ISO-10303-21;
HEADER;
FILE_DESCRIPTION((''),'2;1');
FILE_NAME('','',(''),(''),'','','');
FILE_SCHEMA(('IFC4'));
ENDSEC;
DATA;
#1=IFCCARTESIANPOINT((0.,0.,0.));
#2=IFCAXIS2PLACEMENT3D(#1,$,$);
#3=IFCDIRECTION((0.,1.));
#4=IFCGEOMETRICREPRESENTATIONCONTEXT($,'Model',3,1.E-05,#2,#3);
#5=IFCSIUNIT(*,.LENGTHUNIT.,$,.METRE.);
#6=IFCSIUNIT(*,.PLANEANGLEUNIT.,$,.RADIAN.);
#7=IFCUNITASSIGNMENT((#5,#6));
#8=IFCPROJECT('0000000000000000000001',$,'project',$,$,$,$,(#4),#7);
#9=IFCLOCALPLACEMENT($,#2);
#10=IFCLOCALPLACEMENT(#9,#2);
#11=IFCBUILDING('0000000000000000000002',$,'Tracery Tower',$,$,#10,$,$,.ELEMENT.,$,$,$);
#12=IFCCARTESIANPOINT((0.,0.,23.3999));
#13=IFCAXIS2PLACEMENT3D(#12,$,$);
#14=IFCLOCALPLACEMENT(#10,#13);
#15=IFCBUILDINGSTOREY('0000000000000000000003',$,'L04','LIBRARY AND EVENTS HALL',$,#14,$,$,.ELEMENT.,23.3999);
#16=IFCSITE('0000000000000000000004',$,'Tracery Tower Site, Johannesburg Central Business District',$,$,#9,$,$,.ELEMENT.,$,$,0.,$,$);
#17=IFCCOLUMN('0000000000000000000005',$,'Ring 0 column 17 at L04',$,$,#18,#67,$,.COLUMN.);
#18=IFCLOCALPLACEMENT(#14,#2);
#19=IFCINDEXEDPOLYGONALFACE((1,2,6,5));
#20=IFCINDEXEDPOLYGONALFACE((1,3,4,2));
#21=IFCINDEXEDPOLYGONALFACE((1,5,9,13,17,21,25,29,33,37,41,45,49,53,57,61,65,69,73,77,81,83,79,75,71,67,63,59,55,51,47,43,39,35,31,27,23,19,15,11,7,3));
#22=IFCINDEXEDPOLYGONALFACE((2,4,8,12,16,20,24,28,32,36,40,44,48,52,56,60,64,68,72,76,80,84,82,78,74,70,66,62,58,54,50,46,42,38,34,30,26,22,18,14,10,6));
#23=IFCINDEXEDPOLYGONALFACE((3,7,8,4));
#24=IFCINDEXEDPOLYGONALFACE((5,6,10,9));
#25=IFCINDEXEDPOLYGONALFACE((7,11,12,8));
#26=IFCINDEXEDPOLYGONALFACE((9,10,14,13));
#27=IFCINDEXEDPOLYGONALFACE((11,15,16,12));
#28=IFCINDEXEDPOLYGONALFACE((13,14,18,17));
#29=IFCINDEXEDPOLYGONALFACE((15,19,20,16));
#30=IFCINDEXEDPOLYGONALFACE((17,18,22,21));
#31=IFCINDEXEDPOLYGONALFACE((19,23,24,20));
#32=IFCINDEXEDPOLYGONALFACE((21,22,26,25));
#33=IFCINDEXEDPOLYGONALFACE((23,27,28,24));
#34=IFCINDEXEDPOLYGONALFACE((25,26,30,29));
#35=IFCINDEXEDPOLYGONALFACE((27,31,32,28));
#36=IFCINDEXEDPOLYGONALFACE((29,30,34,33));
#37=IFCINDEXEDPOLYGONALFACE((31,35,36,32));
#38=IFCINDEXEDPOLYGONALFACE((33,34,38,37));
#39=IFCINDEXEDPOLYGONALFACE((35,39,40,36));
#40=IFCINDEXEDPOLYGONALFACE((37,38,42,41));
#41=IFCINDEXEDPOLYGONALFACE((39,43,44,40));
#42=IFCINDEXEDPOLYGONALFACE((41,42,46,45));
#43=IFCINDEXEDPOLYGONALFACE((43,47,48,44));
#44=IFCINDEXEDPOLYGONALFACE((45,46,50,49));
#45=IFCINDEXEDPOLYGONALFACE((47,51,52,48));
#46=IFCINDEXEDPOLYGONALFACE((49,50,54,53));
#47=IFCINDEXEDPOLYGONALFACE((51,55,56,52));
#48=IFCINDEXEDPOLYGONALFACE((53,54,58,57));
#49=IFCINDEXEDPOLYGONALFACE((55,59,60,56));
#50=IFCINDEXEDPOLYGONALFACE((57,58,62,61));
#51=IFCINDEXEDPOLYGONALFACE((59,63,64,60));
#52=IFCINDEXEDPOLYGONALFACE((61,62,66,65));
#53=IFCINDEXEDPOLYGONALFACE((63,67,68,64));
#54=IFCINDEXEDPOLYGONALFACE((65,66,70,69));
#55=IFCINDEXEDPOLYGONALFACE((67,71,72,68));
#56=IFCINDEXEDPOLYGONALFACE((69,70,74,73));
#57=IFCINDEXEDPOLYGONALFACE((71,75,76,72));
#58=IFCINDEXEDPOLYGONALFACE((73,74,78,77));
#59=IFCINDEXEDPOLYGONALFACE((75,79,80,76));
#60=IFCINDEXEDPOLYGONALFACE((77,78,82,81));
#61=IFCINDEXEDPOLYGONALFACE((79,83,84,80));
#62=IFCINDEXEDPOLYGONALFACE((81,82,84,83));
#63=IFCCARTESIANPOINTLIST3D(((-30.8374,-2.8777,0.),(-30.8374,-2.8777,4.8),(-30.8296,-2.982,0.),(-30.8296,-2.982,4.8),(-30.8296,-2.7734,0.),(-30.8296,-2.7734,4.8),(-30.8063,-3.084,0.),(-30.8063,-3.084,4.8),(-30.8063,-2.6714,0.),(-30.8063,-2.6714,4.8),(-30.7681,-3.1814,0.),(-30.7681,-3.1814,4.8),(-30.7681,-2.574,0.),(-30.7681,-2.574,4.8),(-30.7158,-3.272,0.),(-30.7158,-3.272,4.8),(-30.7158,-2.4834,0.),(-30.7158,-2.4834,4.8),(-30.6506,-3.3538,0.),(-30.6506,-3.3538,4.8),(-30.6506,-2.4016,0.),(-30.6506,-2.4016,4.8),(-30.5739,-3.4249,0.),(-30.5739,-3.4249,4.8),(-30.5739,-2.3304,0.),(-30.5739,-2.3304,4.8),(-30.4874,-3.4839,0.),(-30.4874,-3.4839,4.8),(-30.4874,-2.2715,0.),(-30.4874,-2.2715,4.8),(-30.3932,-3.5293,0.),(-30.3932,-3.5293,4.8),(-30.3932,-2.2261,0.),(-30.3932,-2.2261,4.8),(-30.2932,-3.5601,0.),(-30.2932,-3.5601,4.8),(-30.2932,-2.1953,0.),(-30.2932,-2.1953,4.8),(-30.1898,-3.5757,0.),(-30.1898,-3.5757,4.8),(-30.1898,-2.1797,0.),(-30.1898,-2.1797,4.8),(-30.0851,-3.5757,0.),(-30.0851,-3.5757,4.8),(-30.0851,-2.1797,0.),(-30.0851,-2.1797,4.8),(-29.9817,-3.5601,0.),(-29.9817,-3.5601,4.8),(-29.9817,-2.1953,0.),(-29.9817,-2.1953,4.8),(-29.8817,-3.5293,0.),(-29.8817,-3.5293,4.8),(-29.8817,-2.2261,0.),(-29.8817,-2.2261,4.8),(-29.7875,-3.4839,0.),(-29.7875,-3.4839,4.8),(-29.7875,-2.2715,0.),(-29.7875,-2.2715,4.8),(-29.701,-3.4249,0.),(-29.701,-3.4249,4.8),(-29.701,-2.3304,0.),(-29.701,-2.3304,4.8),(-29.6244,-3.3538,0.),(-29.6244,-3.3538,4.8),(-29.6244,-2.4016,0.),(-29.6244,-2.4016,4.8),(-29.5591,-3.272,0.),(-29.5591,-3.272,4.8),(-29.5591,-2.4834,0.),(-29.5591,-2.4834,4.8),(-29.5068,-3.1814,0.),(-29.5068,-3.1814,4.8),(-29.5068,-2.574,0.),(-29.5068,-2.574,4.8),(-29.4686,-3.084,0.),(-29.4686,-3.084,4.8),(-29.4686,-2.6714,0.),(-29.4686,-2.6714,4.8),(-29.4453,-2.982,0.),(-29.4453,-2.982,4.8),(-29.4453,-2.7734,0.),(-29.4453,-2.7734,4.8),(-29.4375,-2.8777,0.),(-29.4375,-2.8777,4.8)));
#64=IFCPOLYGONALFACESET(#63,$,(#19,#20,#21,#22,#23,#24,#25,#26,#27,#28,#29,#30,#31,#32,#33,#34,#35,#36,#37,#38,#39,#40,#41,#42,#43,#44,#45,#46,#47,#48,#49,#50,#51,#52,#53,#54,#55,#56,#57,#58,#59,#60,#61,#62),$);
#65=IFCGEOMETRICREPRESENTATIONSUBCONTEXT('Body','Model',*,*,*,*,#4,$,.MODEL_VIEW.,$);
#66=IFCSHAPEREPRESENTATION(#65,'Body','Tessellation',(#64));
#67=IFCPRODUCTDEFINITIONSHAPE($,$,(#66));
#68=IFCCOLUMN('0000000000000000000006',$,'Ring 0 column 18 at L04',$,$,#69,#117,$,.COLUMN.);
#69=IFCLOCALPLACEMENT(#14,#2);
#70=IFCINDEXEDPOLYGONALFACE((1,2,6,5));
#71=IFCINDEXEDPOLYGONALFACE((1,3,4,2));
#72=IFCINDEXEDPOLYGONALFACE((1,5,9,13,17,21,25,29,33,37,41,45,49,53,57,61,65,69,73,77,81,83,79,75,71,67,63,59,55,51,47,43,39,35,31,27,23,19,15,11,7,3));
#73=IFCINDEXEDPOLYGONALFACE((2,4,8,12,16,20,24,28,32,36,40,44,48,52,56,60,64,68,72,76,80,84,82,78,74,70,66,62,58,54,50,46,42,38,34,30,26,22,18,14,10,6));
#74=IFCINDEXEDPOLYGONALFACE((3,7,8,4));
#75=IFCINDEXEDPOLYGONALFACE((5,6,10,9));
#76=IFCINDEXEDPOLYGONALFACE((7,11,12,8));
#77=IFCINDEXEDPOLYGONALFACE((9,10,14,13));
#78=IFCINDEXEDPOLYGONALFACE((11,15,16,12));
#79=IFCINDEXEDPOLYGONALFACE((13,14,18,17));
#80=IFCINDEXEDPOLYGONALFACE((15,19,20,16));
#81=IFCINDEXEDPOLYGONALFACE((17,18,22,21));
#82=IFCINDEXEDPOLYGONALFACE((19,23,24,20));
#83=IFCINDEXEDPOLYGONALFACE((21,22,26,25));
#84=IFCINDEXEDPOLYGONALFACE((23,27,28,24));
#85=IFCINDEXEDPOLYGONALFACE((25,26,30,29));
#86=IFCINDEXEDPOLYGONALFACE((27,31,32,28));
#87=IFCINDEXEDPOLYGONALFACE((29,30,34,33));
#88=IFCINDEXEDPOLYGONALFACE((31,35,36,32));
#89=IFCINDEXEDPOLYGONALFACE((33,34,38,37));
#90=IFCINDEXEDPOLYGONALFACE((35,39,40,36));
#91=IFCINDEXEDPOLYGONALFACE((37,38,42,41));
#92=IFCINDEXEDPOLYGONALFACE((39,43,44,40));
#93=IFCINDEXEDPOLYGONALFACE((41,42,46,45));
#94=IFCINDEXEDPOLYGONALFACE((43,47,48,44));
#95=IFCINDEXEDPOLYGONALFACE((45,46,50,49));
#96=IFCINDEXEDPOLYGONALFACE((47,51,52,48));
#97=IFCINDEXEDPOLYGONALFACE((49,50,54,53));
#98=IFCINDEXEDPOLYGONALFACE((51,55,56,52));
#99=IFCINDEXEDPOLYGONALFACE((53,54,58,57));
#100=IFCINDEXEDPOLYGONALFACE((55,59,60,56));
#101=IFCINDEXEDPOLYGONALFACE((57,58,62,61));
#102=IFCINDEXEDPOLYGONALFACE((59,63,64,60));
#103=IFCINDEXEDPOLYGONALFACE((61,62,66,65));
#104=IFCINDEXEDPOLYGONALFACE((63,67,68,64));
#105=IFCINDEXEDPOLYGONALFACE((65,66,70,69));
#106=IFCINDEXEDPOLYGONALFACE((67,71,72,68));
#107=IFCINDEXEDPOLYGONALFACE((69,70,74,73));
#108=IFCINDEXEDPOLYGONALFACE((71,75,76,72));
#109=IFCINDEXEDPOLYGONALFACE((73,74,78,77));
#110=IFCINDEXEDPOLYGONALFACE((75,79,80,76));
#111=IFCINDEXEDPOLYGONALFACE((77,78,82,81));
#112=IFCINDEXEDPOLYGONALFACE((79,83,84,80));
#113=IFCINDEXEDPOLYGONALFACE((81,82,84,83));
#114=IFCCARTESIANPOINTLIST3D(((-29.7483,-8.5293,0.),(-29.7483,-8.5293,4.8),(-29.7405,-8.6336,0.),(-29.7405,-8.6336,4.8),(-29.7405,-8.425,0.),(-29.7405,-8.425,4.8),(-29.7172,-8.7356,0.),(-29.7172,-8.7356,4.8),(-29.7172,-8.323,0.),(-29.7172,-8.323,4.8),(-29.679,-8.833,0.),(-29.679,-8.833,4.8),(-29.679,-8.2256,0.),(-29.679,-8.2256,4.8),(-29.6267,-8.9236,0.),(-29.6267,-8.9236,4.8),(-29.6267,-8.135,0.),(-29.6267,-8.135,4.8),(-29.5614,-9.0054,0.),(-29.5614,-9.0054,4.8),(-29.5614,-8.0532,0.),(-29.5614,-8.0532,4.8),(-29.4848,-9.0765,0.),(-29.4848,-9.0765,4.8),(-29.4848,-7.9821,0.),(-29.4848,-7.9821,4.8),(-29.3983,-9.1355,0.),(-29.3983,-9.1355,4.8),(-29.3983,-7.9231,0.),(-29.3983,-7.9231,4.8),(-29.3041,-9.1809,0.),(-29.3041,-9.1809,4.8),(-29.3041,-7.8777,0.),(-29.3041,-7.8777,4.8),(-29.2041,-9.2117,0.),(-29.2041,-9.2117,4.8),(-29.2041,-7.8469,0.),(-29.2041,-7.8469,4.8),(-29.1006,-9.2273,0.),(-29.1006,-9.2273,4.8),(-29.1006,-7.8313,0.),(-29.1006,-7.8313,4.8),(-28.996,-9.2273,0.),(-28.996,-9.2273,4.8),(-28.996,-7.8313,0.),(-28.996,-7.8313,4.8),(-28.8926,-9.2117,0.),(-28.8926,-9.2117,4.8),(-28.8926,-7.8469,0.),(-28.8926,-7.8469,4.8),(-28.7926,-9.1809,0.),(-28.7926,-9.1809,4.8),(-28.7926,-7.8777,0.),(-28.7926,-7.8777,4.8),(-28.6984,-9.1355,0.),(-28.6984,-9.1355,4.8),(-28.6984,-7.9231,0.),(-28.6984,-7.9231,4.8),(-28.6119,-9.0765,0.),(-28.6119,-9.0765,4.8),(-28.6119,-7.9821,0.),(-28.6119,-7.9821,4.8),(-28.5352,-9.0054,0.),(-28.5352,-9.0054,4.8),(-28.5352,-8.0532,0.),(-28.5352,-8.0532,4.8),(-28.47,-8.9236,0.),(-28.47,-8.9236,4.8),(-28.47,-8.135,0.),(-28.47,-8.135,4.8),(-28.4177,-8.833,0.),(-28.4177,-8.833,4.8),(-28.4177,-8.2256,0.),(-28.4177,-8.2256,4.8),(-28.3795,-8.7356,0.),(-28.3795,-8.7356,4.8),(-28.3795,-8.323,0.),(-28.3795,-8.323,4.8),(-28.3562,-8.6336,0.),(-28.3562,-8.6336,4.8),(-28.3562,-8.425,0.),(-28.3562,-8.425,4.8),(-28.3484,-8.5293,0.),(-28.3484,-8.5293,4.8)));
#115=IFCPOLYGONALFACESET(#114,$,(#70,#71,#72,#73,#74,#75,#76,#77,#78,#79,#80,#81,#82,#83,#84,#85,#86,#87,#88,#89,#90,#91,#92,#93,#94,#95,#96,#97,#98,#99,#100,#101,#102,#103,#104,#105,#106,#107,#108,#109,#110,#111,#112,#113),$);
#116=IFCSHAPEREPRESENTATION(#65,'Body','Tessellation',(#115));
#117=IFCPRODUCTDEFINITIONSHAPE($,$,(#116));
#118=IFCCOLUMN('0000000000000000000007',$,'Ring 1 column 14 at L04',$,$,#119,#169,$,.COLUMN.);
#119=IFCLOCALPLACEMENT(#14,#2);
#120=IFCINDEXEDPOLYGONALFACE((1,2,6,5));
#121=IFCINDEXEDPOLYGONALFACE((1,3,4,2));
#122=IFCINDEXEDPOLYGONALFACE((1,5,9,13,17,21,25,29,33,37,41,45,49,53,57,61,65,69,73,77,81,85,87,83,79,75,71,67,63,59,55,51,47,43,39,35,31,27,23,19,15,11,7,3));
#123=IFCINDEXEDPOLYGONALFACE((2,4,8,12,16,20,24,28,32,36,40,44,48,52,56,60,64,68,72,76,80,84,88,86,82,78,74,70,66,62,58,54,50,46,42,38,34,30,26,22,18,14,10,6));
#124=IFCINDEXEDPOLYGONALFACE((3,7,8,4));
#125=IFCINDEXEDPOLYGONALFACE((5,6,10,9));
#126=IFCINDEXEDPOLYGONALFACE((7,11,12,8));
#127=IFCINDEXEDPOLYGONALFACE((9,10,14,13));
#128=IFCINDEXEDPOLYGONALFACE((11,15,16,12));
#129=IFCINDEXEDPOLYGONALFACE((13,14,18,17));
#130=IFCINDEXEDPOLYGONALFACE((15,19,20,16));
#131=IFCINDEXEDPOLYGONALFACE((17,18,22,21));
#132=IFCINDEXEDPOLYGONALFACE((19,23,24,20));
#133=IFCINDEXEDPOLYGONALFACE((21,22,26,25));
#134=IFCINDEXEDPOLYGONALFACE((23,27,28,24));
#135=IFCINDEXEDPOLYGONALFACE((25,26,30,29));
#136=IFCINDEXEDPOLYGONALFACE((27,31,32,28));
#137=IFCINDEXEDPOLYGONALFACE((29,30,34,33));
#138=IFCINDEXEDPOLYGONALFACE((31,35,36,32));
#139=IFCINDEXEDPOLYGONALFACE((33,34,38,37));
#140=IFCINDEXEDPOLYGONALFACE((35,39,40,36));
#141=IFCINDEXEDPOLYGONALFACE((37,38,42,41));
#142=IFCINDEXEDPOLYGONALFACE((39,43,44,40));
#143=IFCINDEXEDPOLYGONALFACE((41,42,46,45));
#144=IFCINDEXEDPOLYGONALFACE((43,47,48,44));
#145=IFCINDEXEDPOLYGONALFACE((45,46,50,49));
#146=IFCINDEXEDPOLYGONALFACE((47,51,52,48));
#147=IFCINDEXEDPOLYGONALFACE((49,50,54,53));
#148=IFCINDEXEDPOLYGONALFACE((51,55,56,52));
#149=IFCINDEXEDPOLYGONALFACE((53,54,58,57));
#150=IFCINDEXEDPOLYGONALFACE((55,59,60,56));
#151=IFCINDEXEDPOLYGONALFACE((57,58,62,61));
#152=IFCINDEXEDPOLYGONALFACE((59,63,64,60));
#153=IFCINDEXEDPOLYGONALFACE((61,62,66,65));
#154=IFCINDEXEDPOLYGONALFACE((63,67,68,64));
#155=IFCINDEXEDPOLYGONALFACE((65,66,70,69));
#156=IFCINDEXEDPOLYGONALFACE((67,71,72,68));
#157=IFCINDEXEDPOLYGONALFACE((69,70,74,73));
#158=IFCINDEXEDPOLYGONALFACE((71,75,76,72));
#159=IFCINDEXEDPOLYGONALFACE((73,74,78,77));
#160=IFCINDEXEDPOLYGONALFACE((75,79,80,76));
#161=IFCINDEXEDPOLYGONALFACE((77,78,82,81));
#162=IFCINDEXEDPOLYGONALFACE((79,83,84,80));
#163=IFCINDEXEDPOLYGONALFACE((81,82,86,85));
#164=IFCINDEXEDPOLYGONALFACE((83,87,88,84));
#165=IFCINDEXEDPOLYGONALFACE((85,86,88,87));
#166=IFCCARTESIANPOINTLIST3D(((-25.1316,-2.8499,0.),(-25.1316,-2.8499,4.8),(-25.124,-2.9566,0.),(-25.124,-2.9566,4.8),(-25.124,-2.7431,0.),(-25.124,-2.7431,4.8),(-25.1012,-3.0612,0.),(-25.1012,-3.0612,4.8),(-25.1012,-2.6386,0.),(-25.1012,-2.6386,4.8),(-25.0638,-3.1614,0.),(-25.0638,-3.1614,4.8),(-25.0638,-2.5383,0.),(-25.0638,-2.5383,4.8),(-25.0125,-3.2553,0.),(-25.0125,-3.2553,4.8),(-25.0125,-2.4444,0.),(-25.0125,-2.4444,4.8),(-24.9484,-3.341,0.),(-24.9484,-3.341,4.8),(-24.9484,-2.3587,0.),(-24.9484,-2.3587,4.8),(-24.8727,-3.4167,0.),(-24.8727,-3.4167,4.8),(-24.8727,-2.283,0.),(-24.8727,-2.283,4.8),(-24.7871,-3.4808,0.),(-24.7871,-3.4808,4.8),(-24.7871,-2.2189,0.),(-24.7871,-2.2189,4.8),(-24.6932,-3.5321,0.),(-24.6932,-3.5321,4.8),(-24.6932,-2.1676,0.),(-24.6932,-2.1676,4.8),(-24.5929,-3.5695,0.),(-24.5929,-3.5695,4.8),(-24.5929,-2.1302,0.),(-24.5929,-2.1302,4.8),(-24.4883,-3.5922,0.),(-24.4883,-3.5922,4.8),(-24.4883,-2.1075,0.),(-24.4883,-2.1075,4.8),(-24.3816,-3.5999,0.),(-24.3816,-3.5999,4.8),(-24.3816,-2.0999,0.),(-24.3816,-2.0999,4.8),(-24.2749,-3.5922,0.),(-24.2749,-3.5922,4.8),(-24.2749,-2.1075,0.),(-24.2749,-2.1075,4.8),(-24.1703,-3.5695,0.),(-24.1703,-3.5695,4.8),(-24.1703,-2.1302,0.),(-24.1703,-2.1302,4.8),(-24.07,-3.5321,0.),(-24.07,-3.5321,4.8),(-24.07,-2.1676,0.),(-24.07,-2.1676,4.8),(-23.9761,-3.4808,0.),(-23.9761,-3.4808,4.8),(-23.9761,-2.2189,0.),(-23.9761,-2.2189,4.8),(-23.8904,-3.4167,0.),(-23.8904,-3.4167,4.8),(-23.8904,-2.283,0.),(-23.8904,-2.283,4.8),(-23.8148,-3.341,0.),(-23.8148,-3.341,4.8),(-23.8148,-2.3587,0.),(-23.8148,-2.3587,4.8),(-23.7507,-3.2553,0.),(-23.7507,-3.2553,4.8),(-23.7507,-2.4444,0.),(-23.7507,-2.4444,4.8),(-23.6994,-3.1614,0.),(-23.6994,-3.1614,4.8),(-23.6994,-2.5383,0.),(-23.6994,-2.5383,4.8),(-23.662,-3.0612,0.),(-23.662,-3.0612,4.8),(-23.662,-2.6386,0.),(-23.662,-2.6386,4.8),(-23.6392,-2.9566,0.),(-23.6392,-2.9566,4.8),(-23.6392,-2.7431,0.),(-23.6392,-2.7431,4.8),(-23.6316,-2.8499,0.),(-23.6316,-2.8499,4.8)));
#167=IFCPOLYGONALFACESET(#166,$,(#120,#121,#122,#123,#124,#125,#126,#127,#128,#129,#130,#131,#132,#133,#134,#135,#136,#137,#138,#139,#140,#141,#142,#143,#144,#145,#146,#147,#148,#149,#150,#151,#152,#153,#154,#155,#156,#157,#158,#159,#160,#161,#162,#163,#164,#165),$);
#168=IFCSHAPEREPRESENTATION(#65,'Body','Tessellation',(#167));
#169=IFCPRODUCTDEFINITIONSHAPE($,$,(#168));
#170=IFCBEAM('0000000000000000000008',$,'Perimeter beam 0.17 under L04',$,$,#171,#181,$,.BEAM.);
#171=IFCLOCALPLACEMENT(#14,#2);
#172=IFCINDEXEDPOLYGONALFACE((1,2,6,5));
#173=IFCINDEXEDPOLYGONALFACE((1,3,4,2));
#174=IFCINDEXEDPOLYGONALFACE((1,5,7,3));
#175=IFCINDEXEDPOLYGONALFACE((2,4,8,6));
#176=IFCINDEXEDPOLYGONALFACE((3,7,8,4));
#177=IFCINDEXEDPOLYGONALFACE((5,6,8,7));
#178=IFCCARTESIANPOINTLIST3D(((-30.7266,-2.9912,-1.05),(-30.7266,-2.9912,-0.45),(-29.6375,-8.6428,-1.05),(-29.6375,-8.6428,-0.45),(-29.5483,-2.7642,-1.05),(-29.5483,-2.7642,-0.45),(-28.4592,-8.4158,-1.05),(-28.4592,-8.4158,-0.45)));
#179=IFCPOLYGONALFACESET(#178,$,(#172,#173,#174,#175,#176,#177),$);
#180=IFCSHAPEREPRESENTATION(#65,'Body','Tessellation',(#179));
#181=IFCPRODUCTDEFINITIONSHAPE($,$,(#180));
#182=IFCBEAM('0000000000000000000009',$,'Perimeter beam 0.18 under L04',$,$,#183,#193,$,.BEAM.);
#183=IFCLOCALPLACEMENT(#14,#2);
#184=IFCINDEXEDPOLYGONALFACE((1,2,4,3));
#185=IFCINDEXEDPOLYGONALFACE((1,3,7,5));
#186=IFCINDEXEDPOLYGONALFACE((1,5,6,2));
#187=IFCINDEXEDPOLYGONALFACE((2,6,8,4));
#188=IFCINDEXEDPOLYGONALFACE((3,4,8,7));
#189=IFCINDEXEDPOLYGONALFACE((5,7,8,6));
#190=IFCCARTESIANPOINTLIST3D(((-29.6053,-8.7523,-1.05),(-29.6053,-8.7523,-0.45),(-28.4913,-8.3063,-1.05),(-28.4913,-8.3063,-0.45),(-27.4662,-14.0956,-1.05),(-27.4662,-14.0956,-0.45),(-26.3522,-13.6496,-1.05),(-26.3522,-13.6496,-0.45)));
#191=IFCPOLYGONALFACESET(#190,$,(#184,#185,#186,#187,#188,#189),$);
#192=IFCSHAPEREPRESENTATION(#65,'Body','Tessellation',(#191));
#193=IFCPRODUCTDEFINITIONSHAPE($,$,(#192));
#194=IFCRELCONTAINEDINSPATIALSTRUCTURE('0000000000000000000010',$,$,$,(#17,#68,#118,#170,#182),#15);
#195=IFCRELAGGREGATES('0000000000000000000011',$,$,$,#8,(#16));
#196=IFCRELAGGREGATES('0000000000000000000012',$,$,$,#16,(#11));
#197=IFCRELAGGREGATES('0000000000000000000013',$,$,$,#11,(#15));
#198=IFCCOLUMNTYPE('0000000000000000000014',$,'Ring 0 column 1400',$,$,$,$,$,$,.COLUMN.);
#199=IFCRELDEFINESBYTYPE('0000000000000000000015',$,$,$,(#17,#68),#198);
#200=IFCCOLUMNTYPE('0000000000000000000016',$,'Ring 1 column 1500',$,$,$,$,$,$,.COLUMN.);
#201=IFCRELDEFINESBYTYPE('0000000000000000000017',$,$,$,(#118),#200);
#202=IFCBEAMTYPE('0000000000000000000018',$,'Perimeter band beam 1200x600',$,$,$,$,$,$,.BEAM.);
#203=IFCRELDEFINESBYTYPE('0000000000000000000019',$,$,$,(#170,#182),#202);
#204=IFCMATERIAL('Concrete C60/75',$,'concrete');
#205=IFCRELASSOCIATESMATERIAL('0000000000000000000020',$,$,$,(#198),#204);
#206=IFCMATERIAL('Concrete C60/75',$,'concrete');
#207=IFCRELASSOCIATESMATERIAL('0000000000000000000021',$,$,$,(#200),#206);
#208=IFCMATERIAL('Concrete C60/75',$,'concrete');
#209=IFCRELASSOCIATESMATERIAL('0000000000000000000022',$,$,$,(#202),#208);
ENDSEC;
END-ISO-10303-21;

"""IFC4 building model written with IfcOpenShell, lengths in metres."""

from ifc_helpers import new_model, si_unit, direction, frame, origin, origin_2d, place, context, subcontext, project, spatial, rectangle, circle, extrude, material, material_profile, profile_set, type_object, element, save


model = new_model("IFC4")

# Units and contexts
model_context = context("Model", 3, precision=1e-05, world=origin(), true_north=direction((0.0, 1.0)))
body_context = subcontext(model_context, "Body", "Model", "MODEL_VIEW")
ifc_project = project(units=[si_unit("LENGTHUNIT", "METRE"), si_unit("PLANEANGLEUNIT", "RADIAN")], contexts=[model_context])

# Site, building, storey
site_placement = place(None, origin())
site = spatial("IfcSite", under=ifc_project, at=site_placement, Name="Tracery Tower Site, Johannesburg Central Business District", CompositionType="ELEMENT", RefElevation=0.0)
building_placement = place(site_placement, origin())
building = spatial("IfcBuilding", under=site, at=building_placement, Name="Tracery Tower", CompositionType="ELEMENT")
storey_placement = place(building_placement, frame((0.0, 0.0, 23.3999)))
storey = spatial("IfcBuildingStorey", under=building, at=storey_placement, Name="L04", Description="LIBRARY AND EVENTS HALL", CompositionType="ELEMENT", Elevation=23.3999)

# Columns
ifc_material_1 = material(Name="Concrete C60/75", Category="concrete")
ifc_material_profile_1 = material_profile(ifc_material_1, circle(Radius=0.7, at=origin_2d()), Name="RC D1400")
ifc_profile_set_1 = profile_set([ifc_material_profile_1], Name="Concrete C60/75")
column_type_1 = type_object("IfcColumnType", Name="Ring 0 column 1400", PredefinedType="COLUMN", material=ifc_profile_set_1)
for number, where, z_axis, x_axis, name in (
    (1, (-30.1375, -2.8777, 0.0), (0.0, 0.0, 1.0), (1.0, 0.0, 0.0), "Ring 0 column 17 at L04"),
    (2, (-29.0483, -8.5293, 0.0), (0.0, 0.0, 1.0), (1.0, 0.0, 0.0), "Ring 0 column 18 at L04"),
):
    element("IfcColumn", number, at=place(storey_placement, frame(where, z_axis=z_axis, x_axis=x_axis)), inside=storey, type_object=column_type_1, Name=name, PredefinedType="COLUMN", context=body_context, shape_type="SweptSolid", body=[
        extrude(circle(Radius=0.7, at=origin_2d()), origin(), (0.0, 0.0, 1.0), 4.8),
    ])
ifc_material_2 = material(Name="Concrete C60/75", Category="concrete")
ifc_material_profile_2 = material_profile(ifc_material_2, circle(Radius=0.75, at=origin_2d()), Name="RC D1500")
ifc_profile_set_2 = profile_set([ifc_material_profile_2], Name="Concrete C60/75")
column_type_2 = type_object("IfcColumnType", Name="Ring 1 column 1500", PredefinedType="COLUMN", material=ifc_profile_set_2)
column_placement = place(storey_placement, frame((-24.3816, -2.8499, 0.0), z_axis=(0.0, 0.0, 1.0), x_axis=(1.0, 0.0, 0.0)))
element("IfcColumn", 3, at=column_placement, inside=storey, type_object=column_type_2, Name="Ring 1 column 14 at L04", PredefinedType="COLUMN", context=body_context, shape_type="SweptSolid", body=[
    extrude(circle(Radius=0.75, at=origin_2d()), origin(), (0.0, 0.0, 1.0), 4.8),
])

# Beams
ifc_material_3 = material(Name="Concrete C60/75", Category="concrete")
ifc_material_profile_3 = material_profile(ifc_material_3, rectangle(XDim=1.2, YDim=0.6001, at=origin_2d()), Name="RC 1200x600")
ifc_profile_set_3 = profile_set([ifc_material_profile_3], Name="Concrete C60/75")
beam_type = type_object("IfcBeamType", Name="Perimeter band beam 1200x600", PredefinedType="BEAM", material=ifc_profile_set_3)
for number, where, z_axis, x_axis, name in (
    (4, (-30.1375, -2.8777, -0.75), (0.189227, -0.981933, 0.0), (0.981933, 0.189227, 0.0), "Perimeter beam 0.17 under L04"),
    (5, (-29.0483, -8.5293, -0.75), (0.371669, -0.928365, 0.0), (0.928365, 0.371669, 0.0), "Perimeter beam 0.18 under L04"),
):
    element("IfcBeam", number, at=place(storey_placement, frame(where, z_axis=z_axis, x_axis=x_axis)), inside=storey, type_object=beam_type, Name=name, PredefinedType="BEAM", context=body_context, shape_type="SweptSolid", body=[
        extrude(rectangle(XDim=1.2, YDim=0.6001, at=origin_2d()), origin(), (0.0, 0.0, 1.0), 5.7556),
    ])

save(model, "model.ifc")
